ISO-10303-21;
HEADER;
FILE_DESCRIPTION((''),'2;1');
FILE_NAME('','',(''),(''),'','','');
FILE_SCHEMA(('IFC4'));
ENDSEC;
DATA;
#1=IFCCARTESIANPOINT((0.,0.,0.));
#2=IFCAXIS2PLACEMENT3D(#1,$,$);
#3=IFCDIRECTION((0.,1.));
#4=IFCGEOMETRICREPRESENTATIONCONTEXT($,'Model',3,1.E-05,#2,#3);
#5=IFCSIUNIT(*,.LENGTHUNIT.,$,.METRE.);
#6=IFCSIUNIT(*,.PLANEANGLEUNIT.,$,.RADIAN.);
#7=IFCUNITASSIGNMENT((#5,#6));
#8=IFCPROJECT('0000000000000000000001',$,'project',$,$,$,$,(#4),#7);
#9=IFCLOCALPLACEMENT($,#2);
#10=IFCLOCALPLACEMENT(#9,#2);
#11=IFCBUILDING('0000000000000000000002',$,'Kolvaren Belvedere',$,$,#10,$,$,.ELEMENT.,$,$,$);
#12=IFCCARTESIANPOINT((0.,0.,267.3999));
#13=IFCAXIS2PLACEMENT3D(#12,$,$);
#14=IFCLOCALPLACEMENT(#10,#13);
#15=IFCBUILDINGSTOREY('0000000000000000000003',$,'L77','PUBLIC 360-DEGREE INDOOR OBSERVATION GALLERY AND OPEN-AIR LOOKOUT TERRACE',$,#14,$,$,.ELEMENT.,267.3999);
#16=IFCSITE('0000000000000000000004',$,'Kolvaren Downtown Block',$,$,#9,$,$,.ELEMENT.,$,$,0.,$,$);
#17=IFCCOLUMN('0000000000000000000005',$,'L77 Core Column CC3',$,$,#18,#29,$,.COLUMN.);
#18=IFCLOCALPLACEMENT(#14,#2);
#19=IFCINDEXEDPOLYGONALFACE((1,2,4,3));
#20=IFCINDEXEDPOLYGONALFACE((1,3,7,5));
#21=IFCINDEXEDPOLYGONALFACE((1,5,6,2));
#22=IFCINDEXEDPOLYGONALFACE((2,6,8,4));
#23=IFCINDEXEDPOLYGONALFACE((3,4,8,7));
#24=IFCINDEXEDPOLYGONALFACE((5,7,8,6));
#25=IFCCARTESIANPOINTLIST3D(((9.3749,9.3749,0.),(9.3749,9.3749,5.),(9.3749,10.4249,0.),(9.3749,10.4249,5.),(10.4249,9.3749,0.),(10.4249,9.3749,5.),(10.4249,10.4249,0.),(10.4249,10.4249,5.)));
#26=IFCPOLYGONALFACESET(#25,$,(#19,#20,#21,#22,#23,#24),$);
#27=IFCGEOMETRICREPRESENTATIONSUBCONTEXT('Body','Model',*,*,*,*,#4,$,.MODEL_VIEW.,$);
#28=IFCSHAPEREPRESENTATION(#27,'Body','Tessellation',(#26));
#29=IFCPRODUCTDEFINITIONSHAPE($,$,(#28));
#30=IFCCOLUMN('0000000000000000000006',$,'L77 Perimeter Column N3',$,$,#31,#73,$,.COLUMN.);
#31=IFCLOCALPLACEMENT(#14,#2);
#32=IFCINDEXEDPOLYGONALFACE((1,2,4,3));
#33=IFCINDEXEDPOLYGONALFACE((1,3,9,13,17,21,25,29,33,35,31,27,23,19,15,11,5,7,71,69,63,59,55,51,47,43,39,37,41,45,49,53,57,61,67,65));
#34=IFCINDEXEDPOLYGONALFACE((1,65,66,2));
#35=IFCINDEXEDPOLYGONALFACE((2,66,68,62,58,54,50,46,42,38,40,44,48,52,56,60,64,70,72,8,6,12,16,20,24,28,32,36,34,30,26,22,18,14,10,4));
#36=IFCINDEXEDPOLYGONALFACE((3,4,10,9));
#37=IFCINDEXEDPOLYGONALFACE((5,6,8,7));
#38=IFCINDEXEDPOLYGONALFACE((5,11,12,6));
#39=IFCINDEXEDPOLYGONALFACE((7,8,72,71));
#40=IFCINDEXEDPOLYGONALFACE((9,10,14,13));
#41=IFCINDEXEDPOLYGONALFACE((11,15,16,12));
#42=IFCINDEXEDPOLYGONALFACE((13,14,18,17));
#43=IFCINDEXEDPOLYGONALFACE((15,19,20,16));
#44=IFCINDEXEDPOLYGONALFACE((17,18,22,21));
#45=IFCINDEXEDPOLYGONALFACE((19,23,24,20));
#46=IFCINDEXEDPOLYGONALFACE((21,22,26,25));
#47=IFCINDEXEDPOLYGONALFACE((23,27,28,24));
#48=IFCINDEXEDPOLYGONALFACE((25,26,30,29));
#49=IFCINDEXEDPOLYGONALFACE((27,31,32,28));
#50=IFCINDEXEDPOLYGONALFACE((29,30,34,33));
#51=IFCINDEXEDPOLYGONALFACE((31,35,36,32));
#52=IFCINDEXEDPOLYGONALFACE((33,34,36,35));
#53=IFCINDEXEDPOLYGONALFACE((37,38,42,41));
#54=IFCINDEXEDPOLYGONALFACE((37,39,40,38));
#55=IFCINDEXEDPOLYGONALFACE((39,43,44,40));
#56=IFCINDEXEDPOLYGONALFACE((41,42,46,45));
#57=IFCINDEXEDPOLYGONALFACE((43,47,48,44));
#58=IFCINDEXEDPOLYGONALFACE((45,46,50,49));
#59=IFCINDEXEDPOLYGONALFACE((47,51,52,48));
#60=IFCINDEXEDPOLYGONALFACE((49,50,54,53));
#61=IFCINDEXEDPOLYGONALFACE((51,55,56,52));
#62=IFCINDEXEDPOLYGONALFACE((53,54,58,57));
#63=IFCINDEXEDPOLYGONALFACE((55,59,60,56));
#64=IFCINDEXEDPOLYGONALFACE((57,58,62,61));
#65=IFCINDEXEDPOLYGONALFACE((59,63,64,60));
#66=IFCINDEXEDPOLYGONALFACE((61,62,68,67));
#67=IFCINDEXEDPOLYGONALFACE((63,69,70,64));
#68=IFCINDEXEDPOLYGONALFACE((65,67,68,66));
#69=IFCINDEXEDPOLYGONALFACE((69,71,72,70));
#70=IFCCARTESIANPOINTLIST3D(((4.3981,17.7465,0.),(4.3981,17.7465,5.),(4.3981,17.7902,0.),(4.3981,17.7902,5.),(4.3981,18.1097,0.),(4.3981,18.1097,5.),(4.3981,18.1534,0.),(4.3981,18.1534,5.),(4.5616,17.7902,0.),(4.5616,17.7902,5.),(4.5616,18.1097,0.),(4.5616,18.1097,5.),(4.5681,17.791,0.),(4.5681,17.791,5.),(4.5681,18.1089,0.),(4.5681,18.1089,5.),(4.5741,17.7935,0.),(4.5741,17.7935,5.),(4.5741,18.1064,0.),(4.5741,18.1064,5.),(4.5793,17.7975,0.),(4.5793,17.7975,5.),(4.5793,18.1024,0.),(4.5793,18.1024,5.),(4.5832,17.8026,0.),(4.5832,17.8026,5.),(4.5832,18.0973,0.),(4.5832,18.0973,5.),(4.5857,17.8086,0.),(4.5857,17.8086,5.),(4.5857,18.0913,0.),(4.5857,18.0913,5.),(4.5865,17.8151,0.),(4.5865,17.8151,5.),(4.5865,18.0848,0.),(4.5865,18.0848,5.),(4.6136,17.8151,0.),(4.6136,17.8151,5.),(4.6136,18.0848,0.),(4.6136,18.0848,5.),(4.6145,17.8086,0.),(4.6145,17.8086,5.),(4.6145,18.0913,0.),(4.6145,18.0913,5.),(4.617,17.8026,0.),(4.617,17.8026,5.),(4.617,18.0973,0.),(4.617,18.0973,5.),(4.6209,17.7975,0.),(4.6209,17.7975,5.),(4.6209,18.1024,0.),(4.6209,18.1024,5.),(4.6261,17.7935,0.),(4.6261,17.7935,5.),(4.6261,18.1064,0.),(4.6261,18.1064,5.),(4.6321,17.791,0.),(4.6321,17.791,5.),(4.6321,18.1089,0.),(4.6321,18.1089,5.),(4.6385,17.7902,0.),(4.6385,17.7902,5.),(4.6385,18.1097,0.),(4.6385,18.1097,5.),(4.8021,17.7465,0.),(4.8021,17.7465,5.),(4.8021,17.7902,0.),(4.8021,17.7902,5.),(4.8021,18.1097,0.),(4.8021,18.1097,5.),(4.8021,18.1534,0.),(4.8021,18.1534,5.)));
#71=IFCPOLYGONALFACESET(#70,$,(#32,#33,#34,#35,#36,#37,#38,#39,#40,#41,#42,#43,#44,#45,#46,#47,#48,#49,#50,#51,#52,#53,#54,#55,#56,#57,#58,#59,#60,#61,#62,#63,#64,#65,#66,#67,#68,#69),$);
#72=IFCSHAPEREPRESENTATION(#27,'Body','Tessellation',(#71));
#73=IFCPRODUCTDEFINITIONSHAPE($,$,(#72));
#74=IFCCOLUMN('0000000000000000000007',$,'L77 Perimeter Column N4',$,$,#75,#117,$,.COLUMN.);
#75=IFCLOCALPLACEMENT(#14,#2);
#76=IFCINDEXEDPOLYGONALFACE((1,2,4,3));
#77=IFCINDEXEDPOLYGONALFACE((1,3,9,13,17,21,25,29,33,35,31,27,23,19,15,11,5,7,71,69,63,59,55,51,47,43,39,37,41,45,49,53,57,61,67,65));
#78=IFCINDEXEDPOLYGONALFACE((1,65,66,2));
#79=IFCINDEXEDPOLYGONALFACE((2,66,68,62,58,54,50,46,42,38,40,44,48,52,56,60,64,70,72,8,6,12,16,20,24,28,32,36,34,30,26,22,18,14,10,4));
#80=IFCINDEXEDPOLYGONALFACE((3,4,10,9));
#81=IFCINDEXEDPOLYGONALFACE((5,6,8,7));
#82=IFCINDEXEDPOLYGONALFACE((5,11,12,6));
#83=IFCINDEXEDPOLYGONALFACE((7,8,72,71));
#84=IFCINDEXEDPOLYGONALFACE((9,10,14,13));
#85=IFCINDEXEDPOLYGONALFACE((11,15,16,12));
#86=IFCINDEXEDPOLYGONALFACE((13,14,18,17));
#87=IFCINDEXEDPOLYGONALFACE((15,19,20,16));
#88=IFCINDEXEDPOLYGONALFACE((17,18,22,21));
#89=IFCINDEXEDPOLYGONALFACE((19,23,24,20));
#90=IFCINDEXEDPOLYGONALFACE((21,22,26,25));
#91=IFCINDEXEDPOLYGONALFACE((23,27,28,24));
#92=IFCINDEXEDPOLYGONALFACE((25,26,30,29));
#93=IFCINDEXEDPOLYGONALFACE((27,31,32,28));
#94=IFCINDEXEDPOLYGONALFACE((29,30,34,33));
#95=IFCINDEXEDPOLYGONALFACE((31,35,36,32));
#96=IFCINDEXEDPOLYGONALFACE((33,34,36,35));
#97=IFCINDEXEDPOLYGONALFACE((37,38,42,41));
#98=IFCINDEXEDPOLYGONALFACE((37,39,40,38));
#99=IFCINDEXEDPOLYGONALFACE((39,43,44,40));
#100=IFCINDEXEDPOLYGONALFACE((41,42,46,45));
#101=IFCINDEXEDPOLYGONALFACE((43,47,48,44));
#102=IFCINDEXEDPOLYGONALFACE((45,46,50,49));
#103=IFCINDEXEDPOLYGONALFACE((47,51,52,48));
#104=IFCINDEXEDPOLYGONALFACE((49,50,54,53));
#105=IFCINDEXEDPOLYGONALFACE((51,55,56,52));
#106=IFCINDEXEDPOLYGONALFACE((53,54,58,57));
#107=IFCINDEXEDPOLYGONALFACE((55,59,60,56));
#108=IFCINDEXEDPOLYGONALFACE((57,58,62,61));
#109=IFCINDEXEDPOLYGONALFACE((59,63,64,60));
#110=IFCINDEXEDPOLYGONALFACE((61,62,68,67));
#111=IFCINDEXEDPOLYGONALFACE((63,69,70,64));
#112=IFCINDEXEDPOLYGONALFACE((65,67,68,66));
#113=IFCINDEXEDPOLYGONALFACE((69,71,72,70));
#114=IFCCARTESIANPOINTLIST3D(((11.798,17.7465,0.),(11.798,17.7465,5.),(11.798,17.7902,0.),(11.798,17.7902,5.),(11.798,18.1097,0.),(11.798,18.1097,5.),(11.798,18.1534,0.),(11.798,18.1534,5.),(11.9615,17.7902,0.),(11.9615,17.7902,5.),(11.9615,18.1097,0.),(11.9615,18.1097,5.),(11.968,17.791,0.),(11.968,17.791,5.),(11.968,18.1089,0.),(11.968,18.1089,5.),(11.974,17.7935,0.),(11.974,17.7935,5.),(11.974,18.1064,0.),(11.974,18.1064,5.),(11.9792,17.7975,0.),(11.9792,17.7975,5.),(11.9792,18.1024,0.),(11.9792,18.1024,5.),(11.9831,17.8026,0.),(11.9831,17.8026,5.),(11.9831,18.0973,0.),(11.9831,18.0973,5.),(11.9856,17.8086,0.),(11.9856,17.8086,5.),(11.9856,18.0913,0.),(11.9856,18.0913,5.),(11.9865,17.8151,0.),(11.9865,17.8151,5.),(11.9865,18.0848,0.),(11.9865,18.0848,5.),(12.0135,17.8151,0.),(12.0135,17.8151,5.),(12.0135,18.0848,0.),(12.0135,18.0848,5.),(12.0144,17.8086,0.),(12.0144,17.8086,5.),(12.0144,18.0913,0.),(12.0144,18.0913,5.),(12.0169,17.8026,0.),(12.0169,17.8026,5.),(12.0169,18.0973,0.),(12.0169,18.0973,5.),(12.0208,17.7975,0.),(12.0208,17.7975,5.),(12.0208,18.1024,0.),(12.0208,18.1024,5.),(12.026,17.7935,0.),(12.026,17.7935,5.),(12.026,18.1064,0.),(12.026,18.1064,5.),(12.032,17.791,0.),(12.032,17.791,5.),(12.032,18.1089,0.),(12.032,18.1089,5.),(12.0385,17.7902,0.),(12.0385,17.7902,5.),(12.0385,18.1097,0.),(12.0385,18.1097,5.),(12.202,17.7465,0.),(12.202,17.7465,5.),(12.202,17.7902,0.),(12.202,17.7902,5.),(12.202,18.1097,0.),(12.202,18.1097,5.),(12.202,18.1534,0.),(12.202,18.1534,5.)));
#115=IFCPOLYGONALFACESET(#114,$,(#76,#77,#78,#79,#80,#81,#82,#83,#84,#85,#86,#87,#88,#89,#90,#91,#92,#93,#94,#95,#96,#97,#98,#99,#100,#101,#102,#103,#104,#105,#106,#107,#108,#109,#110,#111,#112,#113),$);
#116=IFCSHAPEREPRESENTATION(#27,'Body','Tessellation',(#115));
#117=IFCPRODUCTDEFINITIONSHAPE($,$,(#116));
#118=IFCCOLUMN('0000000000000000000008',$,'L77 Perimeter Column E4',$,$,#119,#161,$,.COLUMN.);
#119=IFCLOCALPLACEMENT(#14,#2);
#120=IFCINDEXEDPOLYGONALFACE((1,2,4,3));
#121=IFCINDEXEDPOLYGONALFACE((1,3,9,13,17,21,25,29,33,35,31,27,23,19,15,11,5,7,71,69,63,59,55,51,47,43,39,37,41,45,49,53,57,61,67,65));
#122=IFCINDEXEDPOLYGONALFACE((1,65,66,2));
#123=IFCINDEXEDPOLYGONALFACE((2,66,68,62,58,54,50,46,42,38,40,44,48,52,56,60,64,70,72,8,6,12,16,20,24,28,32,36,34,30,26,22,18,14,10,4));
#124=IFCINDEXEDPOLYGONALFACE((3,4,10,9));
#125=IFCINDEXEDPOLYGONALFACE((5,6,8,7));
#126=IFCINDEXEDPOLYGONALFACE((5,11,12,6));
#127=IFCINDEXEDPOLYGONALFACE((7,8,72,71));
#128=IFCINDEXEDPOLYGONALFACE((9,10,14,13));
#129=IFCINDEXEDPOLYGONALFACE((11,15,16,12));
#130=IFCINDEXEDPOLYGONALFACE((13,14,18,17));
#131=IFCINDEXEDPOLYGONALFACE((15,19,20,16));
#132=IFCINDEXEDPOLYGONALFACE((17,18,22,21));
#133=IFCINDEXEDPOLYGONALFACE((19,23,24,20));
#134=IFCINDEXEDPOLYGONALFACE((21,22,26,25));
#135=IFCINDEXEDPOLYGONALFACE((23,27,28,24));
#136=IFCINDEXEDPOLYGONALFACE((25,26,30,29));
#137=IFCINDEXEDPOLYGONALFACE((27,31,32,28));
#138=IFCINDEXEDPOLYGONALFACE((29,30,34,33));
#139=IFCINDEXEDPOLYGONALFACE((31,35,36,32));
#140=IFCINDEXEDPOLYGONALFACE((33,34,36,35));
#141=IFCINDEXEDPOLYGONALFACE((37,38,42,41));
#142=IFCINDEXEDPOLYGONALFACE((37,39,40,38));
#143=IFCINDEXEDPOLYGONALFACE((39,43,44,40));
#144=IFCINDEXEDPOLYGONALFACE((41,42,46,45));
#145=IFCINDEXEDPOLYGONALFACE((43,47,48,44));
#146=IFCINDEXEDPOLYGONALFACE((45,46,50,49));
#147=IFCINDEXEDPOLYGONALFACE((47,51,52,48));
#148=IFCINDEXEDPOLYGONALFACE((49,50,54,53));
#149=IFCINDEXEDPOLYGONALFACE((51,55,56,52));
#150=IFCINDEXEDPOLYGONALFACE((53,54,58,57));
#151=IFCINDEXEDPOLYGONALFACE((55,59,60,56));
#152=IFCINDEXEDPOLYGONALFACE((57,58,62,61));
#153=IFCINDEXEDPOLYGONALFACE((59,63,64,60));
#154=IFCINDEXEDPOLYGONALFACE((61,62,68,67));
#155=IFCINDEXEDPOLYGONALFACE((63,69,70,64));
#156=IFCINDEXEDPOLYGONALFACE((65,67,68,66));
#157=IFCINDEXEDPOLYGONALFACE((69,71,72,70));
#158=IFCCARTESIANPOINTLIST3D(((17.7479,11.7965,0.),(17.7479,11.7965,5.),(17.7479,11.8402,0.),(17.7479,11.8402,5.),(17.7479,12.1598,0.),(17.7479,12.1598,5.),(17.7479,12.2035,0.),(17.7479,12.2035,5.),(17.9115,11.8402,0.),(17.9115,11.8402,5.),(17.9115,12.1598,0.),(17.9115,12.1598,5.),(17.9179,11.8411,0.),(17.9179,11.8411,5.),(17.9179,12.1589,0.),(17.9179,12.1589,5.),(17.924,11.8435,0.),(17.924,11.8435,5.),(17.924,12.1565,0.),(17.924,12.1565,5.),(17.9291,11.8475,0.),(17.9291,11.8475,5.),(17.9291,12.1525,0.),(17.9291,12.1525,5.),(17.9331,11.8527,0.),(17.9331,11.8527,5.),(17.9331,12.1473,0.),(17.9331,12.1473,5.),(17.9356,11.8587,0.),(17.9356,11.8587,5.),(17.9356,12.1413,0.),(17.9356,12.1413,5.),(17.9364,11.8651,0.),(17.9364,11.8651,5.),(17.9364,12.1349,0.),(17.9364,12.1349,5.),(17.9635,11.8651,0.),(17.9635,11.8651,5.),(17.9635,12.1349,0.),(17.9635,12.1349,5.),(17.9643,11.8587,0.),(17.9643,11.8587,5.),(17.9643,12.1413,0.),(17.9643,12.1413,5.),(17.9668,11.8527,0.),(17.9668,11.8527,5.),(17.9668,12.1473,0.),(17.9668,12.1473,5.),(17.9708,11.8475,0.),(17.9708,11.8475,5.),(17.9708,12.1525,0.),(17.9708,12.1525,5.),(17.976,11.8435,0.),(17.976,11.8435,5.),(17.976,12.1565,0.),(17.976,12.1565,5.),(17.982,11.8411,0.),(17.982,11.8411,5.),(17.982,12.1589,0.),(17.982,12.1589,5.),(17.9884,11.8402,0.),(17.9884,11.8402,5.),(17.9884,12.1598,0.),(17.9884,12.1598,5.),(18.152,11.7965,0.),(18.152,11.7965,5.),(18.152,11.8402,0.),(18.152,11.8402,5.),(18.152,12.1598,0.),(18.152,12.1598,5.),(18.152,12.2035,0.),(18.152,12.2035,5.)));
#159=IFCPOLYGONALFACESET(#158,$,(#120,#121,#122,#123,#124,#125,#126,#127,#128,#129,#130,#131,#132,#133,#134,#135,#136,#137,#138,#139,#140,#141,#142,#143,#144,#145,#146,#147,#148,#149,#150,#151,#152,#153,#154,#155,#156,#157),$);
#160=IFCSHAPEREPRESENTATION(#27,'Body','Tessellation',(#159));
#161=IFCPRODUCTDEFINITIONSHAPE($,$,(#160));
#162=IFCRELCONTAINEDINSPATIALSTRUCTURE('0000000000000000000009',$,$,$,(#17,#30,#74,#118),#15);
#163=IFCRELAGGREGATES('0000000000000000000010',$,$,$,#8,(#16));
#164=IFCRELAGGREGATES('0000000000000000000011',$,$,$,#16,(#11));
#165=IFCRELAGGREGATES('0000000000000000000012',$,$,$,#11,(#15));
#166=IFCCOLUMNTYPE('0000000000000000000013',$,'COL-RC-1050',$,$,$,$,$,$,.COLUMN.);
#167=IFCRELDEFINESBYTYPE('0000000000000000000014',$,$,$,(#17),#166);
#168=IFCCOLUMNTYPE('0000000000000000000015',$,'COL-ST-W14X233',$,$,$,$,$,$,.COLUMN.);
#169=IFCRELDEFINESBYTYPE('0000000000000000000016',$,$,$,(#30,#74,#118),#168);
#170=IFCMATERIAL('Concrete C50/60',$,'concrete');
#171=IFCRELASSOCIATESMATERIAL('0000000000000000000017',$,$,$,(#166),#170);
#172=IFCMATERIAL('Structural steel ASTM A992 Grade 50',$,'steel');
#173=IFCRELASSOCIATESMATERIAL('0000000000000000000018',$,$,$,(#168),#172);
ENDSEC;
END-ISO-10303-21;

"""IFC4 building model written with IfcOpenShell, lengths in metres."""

from ifc_helpers import new_model, si_unit, direction, frame, origin, origin_2d, place, context, subcontext, project, spatial, rectangle, i_section, extrude, material, material_profile, profile_set, type_object, element, save


model = new_model("IFC4")

# Units and contexts
model_context = context("Model", 3, precision=1e-05, world=origin(), true_north=direction((0.0, 1.0)))
body_context = subcontext(model_context, "Body", "Model", "MODEL_VIEW")
ifc_project = project(units=[si_unit("LENGTHUNIT", "METRE"), si_unit("PLANEANGLEUNIT", "RADIAN")], contexts=[model_context])

# Site, building, storey
site_placement = place(None, origin())
site = spatial("IfcSite", under=ifc_project, at=site_placement, Name="Kolvaren Downtown Block", CompositionType="ELEMENT", RefElevation=0.0)
building_placement = place(site_placement, origin())
building = spatial("IfcBuilding", under=site, at=building_placement, Name="Kolvaren Belvedere", CompositionType="ELEMENT")
storey_placement = place(building_placement, frame((0.0, 0.0, 267.3999)))
storey = spatial("IfcBuildingStorey", under=building, at=storey_placement, Name="L77", Description="PUBLIC 360-DEGREE INDOOR OBSERVATION GALLERY AND OPEN-AIR LOOKOUT TERRACE", CompositionType="ELEMENT", Elevation=267.3999)

# Columns
ifc_material_1 = material(Name="Concrete C50/60", Category="concrete")
ifc_material_profile_1 = material_profile(ifc_material_1, rectangle(XDim=1.05, YDim=1.05, at=origin_2d()), Name="RC 1050X1050")
ifc_profile_set_1 = profile_set([ifc_material_profile_1], Name="Concrete C50/60")
column_type_1 = type_object("IfcColumnType", Name="COL-RC-1050", PredefinedType="COLUMN", material=ifc_profile_set_1)
column_placement = place(storey_placement, frame((9.8999, 9.8999, 0.0), z_axis=(0.0, 0.0, 1.0), x_axis=(1.0, 0.0, 0.0)))
element("IfcColumn", 1, at=column_placement, inside=storey, type_object=column_type_1, Name="L77 Core Column CC3", PredefinedType="COLUMN", context=body_context, shape_type="SweptSolid", body=[
    extrude(rectangle(XDim=1.05, YDim=1.05, at=origin_2d()), origin(), (0.0, 0.0, 1.0), 5.0),
])
ifc_material_2 = material(Name="Structural steel ASTM A992 Grade 50", Category="steel")
ifc_material_profile_2 = material_profile(ifc_material_2, i_section(OverallWidth=0.4041, OverallDepth=0.407, WebThickness=0.0271, FlangeThickness=0.0437, FilletRadius=0.0249, at=origin_2d()), Name="W14X233")
ifc_profile_set_2 = profile_set([ifc_material_profile_2], Name="Structural steel ASTM A992 Grade 50")
column_type_2 = type_object("IfcColumnType", Name="COL-ST-W14X233", PredefinedType="COLUMN", material=ifc_profile_set_2)
for number, where, z_axis, x_axis, name in (
    (2, (4.6001, 17.95, 0.0), (0.0, 0.0, 1.0), (1.0, 0.0, 0.0), "L77 Perimeter Column N3"),
    (3, (12.0, 17.95, 0.0), (0.0, 0.0, 1.0), (1.0, 0.0, 0.0), "L77 Perimeter Column N4"),
    (4, (17.95, 12.0, 0.0), (0.0, 0.0, 1.0), (1.0, 0.0, 0.0), "L77 Perimeter Column E4"),
):
    element("IfcColumn", number, at=place(storey_placement, frame(where, z_axis=z_axis, x_axis=x_axis)), inside=storey, type_object=column_type_2, Name=name, PredefinedType="COLUMN", context=body_context, shape_type="SweptSolid", body=[
        extrude(i_section(OverallWidth=0.4041, OverallDepth=0.407, WebThickness=0.0271, FlangeThickness=0.0437, FilletRadius=0.0249, at=origin_2d()), origin(), (0.0, 0.0, 1.0), 5.0),
    ])

save(model, "model.ifc")
